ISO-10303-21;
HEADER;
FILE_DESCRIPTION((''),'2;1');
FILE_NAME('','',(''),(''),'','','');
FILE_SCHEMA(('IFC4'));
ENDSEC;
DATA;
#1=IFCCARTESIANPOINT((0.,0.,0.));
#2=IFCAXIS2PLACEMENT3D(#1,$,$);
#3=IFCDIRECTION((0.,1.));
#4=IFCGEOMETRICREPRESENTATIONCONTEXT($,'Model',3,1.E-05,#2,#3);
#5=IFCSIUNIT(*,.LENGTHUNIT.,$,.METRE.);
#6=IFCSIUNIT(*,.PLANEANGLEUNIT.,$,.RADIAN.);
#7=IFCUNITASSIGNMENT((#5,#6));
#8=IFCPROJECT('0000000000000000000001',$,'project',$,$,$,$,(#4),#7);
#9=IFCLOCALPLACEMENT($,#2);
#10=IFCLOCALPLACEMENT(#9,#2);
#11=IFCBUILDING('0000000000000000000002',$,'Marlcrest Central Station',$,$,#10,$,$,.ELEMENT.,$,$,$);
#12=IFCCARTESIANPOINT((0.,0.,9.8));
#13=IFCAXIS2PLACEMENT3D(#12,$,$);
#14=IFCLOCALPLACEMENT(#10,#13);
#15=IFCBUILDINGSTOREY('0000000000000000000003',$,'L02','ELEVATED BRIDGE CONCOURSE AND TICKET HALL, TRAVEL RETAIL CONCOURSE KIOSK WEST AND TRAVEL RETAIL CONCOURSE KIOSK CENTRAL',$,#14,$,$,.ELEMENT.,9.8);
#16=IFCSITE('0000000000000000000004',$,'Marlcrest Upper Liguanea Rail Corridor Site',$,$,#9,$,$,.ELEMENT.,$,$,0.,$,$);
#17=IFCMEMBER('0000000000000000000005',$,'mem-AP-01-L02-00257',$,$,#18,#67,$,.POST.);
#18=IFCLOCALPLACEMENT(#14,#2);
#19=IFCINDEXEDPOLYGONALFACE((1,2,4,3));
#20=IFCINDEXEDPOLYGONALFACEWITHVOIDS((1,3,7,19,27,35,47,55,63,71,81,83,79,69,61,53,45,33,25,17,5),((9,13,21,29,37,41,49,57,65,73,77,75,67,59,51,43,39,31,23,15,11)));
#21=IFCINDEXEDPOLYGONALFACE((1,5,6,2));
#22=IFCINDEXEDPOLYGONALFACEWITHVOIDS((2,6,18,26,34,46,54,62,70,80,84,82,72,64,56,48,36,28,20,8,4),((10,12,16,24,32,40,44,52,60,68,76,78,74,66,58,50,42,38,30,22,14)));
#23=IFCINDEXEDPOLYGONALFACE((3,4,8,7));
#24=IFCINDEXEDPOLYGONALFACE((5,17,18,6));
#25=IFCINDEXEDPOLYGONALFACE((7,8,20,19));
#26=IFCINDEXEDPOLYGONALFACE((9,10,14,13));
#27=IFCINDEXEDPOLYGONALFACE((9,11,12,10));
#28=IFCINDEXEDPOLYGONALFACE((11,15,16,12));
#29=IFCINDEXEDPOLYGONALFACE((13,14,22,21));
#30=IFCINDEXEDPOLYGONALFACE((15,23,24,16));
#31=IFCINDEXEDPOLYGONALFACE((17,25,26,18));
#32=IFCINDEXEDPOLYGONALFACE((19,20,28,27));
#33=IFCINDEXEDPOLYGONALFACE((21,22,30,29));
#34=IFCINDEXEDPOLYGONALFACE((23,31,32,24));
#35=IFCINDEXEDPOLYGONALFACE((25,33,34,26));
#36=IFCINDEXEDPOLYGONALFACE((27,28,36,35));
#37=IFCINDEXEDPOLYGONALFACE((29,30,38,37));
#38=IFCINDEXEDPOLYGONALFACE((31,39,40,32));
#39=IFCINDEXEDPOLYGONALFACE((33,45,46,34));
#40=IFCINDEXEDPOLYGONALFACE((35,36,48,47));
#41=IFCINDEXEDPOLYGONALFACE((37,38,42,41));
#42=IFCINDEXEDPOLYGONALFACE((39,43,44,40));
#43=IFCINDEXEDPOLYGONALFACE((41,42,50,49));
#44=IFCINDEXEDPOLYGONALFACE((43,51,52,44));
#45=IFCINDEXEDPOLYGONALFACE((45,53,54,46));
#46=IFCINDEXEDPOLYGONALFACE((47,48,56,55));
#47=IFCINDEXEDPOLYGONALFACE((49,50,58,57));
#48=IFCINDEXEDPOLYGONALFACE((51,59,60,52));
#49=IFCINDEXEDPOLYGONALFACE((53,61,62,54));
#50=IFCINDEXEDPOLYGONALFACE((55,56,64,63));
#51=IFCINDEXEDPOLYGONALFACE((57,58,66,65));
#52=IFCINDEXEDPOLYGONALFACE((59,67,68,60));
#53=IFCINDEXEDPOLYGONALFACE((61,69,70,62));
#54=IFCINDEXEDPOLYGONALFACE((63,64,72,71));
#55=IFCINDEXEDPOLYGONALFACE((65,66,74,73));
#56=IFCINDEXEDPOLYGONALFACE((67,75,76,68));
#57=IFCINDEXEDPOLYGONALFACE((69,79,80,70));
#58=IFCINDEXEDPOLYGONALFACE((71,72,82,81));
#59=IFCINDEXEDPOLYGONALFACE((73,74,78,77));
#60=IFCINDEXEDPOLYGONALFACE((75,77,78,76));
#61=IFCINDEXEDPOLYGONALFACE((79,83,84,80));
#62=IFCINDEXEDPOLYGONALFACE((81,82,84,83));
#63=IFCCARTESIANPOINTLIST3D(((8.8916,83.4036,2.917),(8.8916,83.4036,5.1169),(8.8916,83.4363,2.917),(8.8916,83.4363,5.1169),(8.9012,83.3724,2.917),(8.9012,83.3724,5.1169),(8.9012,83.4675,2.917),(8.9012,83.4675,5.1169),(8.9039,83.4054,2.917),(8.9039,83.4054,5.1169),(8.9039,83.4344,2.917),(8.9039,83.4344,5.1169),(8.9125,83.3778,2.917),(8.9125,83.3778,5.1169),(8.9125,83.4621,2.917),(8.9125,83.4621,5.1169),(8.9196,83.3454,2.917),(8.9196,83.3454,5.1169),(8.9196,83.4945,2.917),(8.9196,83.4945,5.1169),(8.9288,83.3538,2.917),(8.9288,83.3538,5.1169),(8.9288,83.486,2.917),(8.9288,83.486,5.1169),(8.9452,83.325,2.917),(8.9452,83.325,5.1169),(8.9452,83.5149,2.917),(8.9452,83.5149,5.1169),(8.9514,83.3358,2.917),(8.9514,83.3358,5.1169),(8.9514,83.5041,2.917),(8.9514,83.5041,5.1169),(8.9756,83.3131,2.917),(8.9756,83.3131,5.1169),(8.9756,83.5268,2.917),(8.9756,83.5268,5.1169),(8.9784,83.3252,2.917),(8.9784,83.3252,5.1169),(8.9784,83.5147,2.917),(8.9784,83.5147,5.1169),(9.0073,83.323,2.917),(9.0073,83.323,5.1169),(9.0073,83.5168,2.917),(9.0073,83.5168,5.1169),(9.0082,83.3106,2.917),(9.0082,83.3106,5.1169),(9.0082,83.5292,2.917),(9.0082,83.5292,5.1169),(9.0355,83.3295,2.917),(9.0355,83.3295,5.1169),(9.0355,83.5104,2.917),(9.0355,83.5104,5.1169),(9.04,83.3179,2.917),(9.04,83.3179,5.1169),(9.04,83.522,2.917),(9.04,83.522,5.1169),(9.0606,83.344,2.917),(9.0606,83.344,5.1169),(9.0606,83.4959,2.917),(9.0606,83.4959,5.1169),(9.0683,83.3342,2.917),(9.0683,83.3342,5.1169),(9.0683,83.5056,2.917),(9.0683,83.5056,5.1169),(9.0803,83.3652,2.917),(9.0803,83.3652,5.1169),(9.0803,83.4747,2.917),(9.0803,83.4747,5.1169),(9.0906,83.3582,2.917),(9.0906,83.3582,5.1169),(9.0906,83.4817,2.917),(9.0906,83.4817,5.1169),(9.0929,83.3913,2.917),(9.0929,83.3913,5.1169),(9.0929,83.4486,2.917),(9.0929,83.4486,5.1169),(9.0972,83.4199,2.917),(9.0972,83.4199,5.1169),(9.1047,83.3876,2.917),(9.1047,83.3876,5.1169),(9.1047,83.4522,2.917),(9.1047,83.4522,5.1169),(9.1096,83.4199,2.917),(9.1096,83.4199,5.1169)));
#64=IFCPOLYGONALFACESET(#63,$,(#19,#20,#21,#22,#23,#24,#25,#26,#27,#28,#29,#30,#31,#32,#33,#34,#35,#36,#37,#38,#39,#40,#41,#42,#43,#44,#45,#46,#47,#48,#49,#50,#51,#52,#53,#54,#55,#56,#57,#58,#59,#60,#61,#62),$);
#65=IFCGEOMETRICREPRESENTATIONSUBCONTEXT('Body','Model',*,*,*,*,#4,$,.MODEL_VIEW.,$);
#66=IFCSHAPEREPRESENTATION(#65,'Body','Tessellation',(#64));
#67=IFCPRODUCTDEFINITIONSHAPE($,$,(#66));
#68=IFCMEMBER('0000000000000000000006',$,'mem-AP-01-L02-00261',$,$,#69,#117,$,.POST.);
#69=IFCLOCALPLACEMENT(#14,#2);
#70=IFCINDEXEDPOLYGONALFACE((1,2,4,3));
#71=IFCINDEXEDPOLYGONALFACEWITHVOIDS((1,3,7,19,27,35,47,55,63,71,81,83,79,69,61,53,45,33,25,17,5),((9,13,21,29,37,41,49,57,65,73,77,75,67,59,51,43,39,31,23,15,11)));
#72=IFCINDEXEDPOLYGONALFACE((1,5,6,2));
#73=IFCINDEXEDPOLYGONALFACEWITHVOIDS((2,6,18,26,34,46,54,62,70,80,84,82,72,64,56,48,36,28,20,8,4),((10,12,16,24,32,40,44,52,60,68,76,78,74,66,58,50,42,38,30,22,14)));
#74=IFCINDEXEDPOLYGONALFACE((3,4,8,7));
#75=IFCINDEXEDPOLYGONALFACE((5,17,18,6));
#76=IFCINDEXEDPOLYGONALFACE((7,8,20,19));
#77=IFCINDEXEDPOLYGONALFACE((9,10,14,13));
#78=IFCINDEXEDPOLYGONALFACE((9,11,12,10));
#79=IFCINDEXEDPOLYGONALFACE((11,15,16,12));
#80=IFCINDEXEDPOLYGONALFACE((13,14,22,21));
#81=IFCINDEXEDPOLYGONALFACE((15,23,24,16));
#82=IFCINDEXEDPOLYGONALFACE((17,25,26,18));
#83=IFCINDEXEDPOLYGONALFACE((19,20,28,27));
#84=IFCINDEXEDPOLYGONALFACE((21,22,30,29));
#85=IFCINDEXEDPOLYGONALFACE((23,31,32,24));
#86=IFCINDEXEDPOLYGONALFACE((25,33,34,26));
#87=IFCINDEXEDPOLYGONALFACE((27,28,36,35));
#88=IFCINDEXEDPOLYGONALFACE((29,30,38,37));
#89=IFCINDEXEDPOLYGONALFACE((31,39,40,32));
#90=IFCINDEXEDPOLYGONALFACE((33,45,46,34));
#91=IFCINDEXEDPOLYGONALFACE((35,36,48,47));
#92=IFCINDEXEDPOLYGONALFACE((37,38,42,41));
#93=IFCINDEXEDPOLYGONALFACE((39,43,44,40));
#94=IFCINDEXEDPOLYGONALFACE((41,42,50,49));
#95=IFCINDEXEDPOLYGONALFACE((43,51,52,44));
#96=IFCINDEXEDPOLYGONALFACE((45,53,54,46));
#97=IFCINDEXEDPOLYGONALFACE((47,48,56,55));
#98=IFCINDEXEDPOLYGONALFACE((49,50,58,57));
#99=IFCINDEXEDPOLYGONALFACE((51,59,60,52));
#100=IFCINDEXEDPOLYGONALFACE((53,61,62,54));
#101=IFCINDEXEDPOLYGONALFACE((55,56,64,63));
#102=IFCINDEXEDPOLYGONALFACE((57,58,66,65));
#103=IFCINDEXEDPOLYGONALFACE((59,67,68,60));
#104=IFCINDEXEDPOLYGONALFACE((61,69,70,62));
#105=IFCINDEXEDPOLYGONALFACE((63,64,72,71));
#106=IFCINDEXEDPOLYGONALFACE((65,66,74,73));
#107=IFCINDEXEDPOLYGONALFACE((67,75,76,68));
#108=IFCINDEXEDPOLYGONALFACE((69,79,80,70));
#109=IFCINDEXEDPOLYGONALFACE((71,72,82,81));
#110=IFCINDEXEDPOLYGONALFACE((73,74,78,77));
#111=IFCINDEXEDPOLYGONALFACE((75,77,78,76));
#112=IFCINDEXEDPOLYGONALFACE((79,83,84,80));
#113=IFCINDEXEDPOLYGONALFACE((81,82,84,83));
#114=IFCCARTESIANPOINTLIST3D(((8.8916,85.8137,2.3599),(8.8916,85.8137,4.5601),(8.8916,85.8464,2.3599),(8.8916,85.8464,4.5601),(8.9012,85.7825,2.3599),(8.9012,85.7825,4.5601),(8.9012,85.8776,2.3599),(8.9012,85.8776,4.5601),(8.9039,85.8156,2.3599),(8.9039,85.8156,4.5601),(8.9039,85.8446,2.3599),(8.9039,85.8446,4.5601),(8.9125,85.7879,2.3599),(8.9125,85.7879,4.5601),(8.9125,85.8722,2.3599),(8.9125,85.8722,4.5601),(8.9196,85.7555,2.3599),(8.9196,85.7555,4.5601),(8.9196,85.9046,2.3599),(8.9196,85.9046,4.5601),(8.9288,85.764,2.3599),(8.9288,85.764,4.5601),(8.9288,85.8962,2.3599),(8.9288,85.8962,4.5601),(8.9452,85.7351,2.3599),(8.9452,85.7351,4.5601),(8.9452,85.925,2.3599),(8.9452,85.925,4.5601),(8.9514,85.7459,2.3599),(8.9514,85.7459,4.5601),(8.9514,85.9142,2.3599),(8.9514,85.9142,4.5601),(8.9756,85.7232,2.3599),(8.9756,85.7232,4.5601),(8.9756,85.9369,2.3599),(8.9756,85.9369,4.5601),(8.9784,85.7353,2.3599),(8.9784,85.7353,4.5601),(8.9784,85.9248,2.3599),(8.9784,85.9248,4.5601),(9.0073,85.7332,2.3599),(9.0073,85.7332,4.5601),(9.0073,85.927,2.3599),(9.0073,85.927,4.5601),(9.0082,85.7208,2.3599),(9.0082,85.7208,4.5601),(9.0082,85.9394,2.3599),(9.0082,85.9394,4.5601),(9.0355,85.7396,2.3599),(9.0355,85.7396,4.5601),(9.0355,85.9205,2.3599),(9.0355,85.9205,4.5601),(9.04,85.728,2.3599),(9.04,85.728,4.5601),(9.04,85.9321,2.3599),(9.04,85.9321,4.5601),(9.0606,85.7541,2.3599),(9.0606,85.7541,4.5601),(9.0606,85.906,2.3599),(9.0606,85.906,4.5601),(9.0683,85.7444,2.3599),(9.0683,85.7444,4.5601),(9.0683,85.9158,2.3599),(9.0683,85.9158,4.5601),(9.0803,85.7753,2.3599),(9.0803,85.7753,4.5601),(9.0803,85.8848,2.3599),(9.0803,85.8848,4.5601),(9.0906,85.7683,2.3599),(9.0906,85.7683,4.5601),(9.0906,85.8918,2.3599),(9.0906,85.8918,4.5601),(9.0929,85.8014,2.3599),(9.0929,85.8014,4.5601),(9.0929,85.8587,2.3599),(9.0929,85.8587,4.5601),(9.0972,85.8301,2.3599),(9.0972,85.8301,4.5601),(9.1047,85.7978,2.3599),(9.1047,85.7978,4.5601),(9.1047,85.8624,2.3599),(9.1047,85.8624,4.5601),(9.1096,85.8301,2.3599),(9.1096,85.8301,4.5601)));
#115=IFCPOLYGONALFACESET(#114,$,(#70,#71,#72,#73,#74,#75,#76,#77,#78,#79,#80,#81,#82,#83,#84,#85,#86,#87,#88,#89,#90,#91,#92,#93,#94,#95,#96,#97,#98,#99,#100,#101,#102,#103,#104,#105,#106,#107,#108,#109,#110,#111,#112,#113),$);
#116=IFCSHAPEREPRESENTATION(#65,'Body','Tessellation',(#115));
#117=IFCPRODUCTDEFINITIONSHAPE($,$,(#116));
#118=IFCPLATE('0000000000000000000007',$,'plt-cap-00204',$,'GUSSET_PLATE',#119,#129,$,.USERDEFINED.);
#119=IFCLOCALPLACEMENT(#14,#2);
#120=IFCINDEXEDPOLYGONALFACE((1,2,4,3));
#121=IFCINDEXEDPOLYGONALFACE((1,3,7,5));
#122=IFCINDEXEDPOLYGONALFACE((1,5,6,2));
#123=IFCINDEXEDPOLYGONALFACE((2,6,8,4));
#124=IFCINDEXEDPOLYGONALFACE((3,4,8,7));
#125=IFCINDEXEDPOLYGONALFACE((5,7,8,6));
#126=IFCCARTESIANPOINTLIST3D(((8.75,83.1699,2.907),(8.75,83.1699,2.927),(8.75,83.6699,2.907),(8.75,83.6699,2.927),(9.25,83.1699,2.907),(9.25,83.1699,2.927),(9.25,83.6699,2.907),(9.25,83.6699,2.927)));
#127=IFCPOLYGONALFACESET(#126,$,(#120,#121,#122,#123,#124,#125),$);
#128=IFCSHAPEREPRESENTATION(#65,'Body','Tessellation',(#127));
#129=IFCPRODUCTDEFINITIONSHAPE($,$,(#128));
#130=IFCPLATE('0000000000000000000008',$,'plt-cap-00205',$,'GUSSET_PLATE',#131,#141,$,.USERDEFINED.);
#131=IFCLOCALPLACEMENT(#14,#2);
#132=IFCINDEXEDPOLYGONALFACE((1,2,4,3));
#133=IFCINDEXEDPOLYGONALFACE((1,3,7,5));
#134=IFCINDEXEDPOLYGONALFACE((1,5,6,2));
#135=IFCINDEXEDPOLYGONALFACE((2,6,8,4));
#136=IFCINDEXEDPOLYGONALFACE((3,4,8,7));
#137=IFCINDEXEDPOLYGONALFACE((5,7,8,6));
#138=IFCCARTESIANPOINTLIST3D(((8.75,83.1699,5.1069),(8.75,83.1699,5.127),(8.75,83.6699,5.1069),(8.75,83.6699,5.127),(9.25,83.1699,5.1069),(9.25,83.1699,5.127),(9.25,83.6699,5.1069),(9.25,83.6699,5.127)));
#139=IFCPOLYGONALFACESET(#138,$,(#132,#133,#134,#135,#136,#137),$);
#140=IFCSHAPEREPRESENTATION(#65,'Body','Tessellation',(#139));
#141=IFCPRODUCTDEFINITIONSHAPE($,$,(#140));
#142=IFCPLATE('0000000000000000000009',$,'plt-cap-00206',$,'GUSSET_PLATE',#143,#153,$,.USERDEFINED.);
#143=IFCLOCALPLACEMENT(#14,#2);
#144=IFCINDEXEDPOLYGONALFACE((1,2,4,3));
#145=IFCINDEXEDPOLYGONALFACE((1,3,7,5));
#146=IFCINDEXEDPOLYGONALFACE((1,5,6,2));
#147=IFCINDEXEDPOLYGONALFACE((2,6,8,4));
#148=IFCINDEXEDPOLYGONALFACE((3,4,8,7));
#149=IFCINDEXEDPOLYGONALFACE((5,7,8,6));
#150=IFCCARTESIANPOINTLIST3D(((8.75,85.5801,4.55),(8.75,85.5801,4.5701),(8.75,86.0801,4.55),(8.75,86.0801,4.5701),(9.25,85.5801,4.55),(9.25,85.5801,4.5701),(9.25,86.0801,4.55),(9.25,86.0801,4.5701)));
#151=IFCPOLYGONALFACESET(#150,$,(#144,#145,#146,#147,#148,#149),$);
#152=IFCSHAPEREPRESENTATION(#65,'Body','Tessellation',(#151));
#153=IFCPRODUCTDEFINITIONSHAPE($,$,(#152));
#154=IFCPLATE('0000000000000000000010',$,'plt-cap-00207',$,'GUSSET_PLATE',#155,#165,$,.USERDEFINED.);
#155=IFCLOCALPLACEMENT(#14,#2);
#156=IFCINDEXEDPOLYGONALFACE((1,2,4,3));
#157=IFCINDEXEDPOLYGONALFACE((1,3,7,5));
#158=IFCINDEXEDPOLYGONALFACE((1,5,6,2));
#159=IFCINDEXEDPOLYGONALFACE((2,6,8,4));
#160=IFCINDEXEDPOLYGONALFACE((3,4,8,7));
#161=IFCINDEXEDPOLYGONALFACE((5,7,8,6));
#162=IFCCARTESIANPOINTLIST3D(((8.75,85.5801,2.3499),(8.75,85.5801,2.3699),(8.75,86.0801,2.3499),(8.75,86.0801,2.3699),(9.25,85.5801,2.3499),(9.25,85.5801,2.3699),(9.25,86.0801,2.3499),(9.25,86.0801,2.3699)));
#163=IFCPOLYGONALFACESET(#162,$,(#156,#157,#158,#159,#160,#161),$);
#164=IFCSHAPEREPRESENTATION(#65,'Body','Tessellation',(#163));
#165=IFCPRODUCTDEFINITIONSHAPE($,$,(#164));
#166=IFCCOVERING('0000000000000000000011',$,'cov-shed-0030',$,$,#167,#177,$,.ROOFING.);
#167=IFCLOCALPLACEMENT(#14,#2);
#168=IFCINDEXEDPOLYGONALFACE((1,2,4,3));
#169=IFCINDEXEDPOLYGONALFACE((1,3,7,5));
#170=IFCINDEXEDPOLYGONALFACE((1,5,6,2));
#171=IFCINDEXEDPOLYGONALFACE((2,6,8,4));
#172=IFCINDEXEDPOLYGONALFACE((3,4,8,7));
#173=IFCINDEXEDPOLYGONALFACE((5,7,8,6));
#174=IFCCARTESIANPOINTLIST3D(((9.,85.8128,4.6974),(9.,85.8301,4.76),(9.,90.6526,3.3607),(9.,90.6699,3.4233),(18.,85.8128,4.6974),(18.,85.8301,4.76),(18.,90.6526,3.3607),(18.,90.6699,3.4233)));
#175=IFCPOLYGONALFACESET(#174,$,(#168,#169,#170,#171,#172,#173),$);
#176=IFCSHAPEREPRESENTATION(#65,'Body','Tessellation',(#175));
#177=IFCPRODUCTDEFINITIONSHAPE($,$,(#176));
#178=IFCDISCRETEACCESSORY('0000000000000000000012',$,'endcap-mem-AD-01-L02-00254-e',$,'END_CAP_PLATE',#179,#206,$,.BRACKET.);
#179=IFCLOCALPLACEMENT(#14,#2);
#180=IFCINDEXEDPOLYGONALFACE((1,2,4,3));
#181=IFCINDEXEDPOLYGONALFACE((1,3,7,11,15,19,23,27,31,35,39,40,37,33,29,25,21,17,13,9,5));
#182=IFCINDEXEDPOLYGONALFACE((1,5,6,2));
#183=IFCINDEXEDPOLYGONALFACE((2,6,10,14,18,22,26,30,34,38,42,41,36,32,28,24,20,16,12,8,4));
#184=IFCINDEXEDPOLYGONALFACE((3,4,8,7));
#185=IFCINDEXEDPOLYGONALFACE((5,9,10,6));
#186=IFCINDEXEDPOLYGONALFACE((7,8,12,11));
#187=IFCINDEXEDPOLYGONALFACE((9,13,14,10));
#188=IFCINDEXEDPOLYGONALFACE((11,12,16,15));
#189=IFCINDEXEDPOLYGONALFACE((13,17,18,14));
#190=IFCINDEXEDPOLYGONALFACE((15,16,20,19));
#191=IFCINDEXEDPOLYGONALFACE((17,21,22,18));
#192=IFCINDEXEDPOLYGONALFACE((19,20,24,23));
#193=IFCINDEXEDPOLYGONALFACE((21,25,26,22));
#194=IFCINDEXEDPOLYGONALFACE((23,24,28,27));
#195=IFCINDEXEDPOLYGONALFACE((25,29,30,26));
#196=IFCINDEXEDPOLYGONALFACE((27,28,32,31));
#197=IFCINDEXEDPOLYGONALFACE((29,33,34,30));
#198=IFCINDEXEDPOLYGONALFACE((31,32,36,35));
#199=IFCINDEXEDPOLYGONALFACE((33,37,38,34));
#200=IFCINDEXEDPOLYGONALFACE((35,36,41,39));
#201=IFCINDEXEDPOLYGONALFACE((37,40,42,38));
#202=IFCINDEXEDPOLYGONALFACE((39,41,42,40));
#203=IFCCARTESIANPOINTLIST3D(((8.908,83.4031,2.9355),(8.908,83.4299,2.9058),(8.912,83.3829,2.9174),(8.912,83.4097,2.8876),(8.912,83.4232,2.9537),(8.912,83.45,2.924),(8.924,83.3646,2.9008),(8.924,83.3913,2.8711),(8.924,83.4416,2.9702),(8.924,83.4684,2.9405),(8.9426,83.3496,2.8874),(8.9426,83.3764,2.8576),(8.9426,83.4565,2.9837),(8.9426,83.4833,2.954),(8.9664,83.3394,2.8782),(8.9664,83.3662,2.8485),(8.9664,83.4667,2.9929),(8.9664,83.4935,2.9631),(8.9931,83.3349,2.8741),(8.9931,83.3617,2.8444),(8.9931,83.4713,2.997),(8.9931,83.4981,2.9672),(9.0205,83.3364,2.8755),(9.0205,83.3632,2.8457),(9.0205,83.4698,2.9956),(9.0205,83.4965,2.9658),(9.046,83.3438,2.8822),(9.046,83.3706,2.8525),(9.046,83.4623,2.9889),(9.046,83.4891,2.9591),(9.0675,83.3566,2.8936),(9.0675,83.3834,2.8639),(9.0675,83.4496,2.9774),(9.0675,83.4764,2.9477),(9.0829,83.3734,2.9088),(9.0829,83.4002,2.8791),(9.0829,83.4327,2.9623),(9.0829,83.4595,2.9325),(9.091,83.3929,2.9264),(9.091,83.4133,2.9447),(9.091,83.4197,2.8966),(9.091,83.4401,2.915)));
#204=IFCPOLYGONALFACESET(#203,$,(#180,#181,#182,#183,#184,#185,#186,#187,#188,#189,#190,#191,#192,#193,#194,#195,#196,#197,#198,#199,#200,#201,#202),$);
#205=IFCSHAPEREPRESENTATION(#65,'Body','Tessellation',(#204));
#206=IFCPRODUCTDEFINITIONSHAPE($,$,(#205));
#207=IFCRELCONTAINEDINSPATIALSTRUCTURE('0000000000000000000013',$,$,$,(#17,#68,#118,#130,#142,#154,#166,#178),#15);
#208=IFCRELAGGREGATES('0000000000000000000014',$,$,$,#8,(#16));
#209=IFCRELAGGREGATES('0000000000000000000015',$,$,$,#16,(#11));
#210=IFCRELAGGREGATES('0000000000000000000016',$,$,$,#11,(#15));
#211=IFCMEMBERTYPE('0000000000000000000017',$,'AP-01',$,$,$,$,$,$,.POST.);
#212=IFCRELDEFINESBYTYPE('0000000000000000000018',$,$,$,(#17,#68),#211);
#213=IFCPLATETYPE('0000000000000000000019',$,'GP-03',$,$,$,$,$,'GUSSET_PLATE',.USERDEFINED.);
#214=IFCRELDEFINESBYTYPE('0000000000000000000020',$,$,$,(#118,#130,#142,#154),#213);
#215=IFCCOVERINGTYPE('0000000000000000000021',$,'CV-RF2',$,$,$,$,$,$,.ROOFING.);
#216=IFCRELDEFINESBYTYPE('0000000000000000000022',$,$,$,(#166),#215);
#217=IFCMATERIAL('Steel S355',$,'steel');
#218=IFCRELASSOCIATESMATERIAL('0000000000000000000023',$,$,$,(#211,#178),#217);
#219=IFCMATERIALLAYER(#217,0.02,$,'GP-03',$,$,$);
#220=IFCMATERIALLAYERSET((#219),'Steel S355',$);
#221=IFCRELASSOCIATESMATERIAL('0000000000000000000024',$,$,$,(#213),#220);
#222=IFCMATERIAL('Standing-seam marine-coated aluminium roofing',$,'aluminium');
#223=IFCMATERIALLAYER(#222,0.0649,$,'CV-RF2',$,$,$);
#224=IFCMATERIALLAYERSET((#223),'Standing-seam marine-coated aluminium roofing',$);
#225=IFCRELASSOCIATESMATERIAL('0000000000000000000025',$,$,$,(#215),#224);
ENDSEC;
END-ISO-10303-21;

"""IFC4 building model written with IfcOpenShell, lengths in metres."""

from ifc_helpers import new_model, si_unit, direction, frame, origin, origin_2d, place, context, subcontext, project, spatial, polyline, rectangle, circle, hollow_circle, outline, extrude, material, layer, layer_set, material_profile, profile_set, type_object, element, save


model = new_model("IFC4")

# Units and contexts
model_context = context("Model", 3, precision=1e-05, world=origin(), true_north=direction((0.0, 1.0)))
body_context = subcontext(model_context, "Body", "Model", "MODEL_VIEW")
ifc_project = project(units=[si_unit("LENGTHUNIT", "METRE"), si_unit("PLANEANGLEUNIT", "RADIAN")], contexts=[model_context])

# Site, building, storey
site_placement = place(None, origin())
site = spatial("IfcSite", under=ifc_project, at=site_placement, Name="Marlcrest Upper Liguanea Rail Corridor Site", CompositionType="ELEMENT", RefElevation=0.0)
building_placement = place(site_placement, origin())
building = spatial("IfcBuilding", under=site, at=building_placement, Name="Marlcrest Central Station", CompositionType="ELEMENT")
storey_placement = place(building_placement, frame((0.0, 0.0, 9.8)))
storey = spatial("IfcBuildingStorey", under=building, at=storey_placement, Name="L02", Description="ELEVATED BRIDGE CONCOURSE AND TICKET HALL, TRAVEL RETAIL CONCOURSE KIOSK WEST AND TRAVEL RETAIL CONCOURSE KIOSK CENTRAL", CompositionType="ELEMENT", Elevation=9.8)

# Members
ifc_material_1 = material(Name="Steel S355", Category="steel")
ifc_material_profile_1 = material_profile(ifc_material_1, hollow_circle(Radius=0.1096, WallThickness=0.0125, at=origin_2d()), Name="CHS 219.1x12.5")
ifc_profile_set_1 = profile_set([ifc_material_profile_1], Name="Steel S355")
member_type_1 = type_object("IfcMemberType", Name="AP-01", PredefinedType="POST", material=ifc_profile_set_1)
member_1_placement = place(storey_placement, frame((9.0, 83.4199, 2.917), z_axis=(0.0, 0.0, 1.0), x_axis=(1.0, 0.0, 0.0)))
element("IfcMember", 1, at=member_1_placement, inside=storey, type_object=member_type_1, Name="mem-AP-01-L02-00257", PredefinedType="POST", context=body_context, shape_type="SweptSolid", body=[
    extrude(hollow_circle(Radius=0.1096, WallThickness=0.0125, at=origin_2d()), origin(), (0.0, 0.0, 1.0), 2.2),
])
member_2_placement = place(storey_placement, frame((9.0, 85.8301, 2.3599), z_axis=(0.0, 0.0, 1.0), x_axis=(1.0, 0.0, 0.0)))
element("IfcMember", 2, at=member_2_placement, inside=storey, type_object=member_type_1, Name="mem-AP-01-L02-00261", PredefinedType="POST", context=body_context, shape_type="SweptSolid", body=[
    extrude(hollow_circle(Radius=0.1096, WallThickness=0.0125, at=origin_2d()), origin(), (0.0, 0.0, 1.0), 2.2002),
])

# Plates
ifc_layer_1 = layer(ifc_material_1, 0.02, Name="GP-03")
ifc_layer_set_1 = layer_set([ifc_layer_1], Name="Steel S355")
plate_type = type_object("IfcPlateType", Name="GP-03", ElementType="GUSSET_PLATE", PredefinedType="USERDEFINED", material=ifc_layer_set_1)
for number, where, z_axis, x_axis, name in (
    (3, (9.0, 83.4199, 2.907), (0.0, 0.0, 1.0), (1.0, 0.0, 0.0), "plt-cap-00204"),
    (4, (9.0, 83.4199, 5.1069), (0.0, 0.0, 1.0), (1.0, 0.0, 0.0), "plt-cap-00205"),
    (5, (9.0, 85.8301, 4.55), (0.0, 0.0, 1.0), (1.0, 0.0, 0.0), "plt-cap-00206"),
    (6, (9.0, 85.8301, 2.3499), (0.0, 0.0, 1.0), (1.0, 0.0, 0.0), "plt-cap-00207"),
):
    element("IfcPlate", number, at=place(storey_placement, frame(where, z_axis=z_axis, x_axis=x_axis)), inside=storey, type_object=plate_type, Name=name, ObjectType="GUSSET_PLATE", PredefinedType="USERDEFINED", context=body_context, shape_type="SweptSolid", body=[
        extrude(rectangle(XDim=0.5, YDim=0.5, at=origin_2d()), origin(), (0.0, 0.0, 1.0), 0.02),
    ])

# Covering
ifc_material_2 = material(Name="Standing-seam marine-coated aluminium roofing", Category="aluminium")
ifc_layer_2 = layer(ifc_material_2, 0.0649, Name="CV-RF2")
ifc_layer_set_2 = layer_set([ifc_layer_2], Name="Standing-seam marine-coated aluminium roofing")
covering_type = type_object("IfcCoveringType", Name="CV-RF2", PredefinedType="ROOFING", material=ifc_layer_set_2)
covering_placement = place(storey_placement, frame((9.0, 85.8301, 4.76), z_axis=(0.0, 0.266214, 0.963914), x_axis=(1.0, 0.0, 0.0)))
element("IfcCovering", 7, at=covering_placement, inside=storey, type_object=covering_type, Name="cov-shed-0030", PredefinedType="ROOFING", context=body_context, shape_type="SweptSolid", body=[
    extrude(outline(polyline([(0.0, 0.0), (9.0, 0.0), (9.0, 5.021), (0.0, 5.021), (0.0, 0.0)])), origin(), (0.0, 0.0, -1.0), 0.0649),
])

# Discrete accessory
discrete_accessory_1_placement = place(storey_placement, frame((9.0, 83.4031, 2.9355), z_axis=(0.0, 0.669244, -0.743042), x_axis=(-1.0, 0.0, 0.0)))
element("IfcDiscreteAccessory", 8, at=discrete_accessory_1_placement, inside=storey, material=ifc_material_1, Name="endcap-mem-AD-01-L02-00254-e", ObjectType="END_CAP_PLATE", PredefinedType="BRACKET", context=body_context, shape_type="SweptSolid", body=[
    extrude(circle(Radius=0.092, at=origin_2d()), origin(), (0.0, 0.0, 1.0), 0.04),
])

save(model, "model.ifc")
